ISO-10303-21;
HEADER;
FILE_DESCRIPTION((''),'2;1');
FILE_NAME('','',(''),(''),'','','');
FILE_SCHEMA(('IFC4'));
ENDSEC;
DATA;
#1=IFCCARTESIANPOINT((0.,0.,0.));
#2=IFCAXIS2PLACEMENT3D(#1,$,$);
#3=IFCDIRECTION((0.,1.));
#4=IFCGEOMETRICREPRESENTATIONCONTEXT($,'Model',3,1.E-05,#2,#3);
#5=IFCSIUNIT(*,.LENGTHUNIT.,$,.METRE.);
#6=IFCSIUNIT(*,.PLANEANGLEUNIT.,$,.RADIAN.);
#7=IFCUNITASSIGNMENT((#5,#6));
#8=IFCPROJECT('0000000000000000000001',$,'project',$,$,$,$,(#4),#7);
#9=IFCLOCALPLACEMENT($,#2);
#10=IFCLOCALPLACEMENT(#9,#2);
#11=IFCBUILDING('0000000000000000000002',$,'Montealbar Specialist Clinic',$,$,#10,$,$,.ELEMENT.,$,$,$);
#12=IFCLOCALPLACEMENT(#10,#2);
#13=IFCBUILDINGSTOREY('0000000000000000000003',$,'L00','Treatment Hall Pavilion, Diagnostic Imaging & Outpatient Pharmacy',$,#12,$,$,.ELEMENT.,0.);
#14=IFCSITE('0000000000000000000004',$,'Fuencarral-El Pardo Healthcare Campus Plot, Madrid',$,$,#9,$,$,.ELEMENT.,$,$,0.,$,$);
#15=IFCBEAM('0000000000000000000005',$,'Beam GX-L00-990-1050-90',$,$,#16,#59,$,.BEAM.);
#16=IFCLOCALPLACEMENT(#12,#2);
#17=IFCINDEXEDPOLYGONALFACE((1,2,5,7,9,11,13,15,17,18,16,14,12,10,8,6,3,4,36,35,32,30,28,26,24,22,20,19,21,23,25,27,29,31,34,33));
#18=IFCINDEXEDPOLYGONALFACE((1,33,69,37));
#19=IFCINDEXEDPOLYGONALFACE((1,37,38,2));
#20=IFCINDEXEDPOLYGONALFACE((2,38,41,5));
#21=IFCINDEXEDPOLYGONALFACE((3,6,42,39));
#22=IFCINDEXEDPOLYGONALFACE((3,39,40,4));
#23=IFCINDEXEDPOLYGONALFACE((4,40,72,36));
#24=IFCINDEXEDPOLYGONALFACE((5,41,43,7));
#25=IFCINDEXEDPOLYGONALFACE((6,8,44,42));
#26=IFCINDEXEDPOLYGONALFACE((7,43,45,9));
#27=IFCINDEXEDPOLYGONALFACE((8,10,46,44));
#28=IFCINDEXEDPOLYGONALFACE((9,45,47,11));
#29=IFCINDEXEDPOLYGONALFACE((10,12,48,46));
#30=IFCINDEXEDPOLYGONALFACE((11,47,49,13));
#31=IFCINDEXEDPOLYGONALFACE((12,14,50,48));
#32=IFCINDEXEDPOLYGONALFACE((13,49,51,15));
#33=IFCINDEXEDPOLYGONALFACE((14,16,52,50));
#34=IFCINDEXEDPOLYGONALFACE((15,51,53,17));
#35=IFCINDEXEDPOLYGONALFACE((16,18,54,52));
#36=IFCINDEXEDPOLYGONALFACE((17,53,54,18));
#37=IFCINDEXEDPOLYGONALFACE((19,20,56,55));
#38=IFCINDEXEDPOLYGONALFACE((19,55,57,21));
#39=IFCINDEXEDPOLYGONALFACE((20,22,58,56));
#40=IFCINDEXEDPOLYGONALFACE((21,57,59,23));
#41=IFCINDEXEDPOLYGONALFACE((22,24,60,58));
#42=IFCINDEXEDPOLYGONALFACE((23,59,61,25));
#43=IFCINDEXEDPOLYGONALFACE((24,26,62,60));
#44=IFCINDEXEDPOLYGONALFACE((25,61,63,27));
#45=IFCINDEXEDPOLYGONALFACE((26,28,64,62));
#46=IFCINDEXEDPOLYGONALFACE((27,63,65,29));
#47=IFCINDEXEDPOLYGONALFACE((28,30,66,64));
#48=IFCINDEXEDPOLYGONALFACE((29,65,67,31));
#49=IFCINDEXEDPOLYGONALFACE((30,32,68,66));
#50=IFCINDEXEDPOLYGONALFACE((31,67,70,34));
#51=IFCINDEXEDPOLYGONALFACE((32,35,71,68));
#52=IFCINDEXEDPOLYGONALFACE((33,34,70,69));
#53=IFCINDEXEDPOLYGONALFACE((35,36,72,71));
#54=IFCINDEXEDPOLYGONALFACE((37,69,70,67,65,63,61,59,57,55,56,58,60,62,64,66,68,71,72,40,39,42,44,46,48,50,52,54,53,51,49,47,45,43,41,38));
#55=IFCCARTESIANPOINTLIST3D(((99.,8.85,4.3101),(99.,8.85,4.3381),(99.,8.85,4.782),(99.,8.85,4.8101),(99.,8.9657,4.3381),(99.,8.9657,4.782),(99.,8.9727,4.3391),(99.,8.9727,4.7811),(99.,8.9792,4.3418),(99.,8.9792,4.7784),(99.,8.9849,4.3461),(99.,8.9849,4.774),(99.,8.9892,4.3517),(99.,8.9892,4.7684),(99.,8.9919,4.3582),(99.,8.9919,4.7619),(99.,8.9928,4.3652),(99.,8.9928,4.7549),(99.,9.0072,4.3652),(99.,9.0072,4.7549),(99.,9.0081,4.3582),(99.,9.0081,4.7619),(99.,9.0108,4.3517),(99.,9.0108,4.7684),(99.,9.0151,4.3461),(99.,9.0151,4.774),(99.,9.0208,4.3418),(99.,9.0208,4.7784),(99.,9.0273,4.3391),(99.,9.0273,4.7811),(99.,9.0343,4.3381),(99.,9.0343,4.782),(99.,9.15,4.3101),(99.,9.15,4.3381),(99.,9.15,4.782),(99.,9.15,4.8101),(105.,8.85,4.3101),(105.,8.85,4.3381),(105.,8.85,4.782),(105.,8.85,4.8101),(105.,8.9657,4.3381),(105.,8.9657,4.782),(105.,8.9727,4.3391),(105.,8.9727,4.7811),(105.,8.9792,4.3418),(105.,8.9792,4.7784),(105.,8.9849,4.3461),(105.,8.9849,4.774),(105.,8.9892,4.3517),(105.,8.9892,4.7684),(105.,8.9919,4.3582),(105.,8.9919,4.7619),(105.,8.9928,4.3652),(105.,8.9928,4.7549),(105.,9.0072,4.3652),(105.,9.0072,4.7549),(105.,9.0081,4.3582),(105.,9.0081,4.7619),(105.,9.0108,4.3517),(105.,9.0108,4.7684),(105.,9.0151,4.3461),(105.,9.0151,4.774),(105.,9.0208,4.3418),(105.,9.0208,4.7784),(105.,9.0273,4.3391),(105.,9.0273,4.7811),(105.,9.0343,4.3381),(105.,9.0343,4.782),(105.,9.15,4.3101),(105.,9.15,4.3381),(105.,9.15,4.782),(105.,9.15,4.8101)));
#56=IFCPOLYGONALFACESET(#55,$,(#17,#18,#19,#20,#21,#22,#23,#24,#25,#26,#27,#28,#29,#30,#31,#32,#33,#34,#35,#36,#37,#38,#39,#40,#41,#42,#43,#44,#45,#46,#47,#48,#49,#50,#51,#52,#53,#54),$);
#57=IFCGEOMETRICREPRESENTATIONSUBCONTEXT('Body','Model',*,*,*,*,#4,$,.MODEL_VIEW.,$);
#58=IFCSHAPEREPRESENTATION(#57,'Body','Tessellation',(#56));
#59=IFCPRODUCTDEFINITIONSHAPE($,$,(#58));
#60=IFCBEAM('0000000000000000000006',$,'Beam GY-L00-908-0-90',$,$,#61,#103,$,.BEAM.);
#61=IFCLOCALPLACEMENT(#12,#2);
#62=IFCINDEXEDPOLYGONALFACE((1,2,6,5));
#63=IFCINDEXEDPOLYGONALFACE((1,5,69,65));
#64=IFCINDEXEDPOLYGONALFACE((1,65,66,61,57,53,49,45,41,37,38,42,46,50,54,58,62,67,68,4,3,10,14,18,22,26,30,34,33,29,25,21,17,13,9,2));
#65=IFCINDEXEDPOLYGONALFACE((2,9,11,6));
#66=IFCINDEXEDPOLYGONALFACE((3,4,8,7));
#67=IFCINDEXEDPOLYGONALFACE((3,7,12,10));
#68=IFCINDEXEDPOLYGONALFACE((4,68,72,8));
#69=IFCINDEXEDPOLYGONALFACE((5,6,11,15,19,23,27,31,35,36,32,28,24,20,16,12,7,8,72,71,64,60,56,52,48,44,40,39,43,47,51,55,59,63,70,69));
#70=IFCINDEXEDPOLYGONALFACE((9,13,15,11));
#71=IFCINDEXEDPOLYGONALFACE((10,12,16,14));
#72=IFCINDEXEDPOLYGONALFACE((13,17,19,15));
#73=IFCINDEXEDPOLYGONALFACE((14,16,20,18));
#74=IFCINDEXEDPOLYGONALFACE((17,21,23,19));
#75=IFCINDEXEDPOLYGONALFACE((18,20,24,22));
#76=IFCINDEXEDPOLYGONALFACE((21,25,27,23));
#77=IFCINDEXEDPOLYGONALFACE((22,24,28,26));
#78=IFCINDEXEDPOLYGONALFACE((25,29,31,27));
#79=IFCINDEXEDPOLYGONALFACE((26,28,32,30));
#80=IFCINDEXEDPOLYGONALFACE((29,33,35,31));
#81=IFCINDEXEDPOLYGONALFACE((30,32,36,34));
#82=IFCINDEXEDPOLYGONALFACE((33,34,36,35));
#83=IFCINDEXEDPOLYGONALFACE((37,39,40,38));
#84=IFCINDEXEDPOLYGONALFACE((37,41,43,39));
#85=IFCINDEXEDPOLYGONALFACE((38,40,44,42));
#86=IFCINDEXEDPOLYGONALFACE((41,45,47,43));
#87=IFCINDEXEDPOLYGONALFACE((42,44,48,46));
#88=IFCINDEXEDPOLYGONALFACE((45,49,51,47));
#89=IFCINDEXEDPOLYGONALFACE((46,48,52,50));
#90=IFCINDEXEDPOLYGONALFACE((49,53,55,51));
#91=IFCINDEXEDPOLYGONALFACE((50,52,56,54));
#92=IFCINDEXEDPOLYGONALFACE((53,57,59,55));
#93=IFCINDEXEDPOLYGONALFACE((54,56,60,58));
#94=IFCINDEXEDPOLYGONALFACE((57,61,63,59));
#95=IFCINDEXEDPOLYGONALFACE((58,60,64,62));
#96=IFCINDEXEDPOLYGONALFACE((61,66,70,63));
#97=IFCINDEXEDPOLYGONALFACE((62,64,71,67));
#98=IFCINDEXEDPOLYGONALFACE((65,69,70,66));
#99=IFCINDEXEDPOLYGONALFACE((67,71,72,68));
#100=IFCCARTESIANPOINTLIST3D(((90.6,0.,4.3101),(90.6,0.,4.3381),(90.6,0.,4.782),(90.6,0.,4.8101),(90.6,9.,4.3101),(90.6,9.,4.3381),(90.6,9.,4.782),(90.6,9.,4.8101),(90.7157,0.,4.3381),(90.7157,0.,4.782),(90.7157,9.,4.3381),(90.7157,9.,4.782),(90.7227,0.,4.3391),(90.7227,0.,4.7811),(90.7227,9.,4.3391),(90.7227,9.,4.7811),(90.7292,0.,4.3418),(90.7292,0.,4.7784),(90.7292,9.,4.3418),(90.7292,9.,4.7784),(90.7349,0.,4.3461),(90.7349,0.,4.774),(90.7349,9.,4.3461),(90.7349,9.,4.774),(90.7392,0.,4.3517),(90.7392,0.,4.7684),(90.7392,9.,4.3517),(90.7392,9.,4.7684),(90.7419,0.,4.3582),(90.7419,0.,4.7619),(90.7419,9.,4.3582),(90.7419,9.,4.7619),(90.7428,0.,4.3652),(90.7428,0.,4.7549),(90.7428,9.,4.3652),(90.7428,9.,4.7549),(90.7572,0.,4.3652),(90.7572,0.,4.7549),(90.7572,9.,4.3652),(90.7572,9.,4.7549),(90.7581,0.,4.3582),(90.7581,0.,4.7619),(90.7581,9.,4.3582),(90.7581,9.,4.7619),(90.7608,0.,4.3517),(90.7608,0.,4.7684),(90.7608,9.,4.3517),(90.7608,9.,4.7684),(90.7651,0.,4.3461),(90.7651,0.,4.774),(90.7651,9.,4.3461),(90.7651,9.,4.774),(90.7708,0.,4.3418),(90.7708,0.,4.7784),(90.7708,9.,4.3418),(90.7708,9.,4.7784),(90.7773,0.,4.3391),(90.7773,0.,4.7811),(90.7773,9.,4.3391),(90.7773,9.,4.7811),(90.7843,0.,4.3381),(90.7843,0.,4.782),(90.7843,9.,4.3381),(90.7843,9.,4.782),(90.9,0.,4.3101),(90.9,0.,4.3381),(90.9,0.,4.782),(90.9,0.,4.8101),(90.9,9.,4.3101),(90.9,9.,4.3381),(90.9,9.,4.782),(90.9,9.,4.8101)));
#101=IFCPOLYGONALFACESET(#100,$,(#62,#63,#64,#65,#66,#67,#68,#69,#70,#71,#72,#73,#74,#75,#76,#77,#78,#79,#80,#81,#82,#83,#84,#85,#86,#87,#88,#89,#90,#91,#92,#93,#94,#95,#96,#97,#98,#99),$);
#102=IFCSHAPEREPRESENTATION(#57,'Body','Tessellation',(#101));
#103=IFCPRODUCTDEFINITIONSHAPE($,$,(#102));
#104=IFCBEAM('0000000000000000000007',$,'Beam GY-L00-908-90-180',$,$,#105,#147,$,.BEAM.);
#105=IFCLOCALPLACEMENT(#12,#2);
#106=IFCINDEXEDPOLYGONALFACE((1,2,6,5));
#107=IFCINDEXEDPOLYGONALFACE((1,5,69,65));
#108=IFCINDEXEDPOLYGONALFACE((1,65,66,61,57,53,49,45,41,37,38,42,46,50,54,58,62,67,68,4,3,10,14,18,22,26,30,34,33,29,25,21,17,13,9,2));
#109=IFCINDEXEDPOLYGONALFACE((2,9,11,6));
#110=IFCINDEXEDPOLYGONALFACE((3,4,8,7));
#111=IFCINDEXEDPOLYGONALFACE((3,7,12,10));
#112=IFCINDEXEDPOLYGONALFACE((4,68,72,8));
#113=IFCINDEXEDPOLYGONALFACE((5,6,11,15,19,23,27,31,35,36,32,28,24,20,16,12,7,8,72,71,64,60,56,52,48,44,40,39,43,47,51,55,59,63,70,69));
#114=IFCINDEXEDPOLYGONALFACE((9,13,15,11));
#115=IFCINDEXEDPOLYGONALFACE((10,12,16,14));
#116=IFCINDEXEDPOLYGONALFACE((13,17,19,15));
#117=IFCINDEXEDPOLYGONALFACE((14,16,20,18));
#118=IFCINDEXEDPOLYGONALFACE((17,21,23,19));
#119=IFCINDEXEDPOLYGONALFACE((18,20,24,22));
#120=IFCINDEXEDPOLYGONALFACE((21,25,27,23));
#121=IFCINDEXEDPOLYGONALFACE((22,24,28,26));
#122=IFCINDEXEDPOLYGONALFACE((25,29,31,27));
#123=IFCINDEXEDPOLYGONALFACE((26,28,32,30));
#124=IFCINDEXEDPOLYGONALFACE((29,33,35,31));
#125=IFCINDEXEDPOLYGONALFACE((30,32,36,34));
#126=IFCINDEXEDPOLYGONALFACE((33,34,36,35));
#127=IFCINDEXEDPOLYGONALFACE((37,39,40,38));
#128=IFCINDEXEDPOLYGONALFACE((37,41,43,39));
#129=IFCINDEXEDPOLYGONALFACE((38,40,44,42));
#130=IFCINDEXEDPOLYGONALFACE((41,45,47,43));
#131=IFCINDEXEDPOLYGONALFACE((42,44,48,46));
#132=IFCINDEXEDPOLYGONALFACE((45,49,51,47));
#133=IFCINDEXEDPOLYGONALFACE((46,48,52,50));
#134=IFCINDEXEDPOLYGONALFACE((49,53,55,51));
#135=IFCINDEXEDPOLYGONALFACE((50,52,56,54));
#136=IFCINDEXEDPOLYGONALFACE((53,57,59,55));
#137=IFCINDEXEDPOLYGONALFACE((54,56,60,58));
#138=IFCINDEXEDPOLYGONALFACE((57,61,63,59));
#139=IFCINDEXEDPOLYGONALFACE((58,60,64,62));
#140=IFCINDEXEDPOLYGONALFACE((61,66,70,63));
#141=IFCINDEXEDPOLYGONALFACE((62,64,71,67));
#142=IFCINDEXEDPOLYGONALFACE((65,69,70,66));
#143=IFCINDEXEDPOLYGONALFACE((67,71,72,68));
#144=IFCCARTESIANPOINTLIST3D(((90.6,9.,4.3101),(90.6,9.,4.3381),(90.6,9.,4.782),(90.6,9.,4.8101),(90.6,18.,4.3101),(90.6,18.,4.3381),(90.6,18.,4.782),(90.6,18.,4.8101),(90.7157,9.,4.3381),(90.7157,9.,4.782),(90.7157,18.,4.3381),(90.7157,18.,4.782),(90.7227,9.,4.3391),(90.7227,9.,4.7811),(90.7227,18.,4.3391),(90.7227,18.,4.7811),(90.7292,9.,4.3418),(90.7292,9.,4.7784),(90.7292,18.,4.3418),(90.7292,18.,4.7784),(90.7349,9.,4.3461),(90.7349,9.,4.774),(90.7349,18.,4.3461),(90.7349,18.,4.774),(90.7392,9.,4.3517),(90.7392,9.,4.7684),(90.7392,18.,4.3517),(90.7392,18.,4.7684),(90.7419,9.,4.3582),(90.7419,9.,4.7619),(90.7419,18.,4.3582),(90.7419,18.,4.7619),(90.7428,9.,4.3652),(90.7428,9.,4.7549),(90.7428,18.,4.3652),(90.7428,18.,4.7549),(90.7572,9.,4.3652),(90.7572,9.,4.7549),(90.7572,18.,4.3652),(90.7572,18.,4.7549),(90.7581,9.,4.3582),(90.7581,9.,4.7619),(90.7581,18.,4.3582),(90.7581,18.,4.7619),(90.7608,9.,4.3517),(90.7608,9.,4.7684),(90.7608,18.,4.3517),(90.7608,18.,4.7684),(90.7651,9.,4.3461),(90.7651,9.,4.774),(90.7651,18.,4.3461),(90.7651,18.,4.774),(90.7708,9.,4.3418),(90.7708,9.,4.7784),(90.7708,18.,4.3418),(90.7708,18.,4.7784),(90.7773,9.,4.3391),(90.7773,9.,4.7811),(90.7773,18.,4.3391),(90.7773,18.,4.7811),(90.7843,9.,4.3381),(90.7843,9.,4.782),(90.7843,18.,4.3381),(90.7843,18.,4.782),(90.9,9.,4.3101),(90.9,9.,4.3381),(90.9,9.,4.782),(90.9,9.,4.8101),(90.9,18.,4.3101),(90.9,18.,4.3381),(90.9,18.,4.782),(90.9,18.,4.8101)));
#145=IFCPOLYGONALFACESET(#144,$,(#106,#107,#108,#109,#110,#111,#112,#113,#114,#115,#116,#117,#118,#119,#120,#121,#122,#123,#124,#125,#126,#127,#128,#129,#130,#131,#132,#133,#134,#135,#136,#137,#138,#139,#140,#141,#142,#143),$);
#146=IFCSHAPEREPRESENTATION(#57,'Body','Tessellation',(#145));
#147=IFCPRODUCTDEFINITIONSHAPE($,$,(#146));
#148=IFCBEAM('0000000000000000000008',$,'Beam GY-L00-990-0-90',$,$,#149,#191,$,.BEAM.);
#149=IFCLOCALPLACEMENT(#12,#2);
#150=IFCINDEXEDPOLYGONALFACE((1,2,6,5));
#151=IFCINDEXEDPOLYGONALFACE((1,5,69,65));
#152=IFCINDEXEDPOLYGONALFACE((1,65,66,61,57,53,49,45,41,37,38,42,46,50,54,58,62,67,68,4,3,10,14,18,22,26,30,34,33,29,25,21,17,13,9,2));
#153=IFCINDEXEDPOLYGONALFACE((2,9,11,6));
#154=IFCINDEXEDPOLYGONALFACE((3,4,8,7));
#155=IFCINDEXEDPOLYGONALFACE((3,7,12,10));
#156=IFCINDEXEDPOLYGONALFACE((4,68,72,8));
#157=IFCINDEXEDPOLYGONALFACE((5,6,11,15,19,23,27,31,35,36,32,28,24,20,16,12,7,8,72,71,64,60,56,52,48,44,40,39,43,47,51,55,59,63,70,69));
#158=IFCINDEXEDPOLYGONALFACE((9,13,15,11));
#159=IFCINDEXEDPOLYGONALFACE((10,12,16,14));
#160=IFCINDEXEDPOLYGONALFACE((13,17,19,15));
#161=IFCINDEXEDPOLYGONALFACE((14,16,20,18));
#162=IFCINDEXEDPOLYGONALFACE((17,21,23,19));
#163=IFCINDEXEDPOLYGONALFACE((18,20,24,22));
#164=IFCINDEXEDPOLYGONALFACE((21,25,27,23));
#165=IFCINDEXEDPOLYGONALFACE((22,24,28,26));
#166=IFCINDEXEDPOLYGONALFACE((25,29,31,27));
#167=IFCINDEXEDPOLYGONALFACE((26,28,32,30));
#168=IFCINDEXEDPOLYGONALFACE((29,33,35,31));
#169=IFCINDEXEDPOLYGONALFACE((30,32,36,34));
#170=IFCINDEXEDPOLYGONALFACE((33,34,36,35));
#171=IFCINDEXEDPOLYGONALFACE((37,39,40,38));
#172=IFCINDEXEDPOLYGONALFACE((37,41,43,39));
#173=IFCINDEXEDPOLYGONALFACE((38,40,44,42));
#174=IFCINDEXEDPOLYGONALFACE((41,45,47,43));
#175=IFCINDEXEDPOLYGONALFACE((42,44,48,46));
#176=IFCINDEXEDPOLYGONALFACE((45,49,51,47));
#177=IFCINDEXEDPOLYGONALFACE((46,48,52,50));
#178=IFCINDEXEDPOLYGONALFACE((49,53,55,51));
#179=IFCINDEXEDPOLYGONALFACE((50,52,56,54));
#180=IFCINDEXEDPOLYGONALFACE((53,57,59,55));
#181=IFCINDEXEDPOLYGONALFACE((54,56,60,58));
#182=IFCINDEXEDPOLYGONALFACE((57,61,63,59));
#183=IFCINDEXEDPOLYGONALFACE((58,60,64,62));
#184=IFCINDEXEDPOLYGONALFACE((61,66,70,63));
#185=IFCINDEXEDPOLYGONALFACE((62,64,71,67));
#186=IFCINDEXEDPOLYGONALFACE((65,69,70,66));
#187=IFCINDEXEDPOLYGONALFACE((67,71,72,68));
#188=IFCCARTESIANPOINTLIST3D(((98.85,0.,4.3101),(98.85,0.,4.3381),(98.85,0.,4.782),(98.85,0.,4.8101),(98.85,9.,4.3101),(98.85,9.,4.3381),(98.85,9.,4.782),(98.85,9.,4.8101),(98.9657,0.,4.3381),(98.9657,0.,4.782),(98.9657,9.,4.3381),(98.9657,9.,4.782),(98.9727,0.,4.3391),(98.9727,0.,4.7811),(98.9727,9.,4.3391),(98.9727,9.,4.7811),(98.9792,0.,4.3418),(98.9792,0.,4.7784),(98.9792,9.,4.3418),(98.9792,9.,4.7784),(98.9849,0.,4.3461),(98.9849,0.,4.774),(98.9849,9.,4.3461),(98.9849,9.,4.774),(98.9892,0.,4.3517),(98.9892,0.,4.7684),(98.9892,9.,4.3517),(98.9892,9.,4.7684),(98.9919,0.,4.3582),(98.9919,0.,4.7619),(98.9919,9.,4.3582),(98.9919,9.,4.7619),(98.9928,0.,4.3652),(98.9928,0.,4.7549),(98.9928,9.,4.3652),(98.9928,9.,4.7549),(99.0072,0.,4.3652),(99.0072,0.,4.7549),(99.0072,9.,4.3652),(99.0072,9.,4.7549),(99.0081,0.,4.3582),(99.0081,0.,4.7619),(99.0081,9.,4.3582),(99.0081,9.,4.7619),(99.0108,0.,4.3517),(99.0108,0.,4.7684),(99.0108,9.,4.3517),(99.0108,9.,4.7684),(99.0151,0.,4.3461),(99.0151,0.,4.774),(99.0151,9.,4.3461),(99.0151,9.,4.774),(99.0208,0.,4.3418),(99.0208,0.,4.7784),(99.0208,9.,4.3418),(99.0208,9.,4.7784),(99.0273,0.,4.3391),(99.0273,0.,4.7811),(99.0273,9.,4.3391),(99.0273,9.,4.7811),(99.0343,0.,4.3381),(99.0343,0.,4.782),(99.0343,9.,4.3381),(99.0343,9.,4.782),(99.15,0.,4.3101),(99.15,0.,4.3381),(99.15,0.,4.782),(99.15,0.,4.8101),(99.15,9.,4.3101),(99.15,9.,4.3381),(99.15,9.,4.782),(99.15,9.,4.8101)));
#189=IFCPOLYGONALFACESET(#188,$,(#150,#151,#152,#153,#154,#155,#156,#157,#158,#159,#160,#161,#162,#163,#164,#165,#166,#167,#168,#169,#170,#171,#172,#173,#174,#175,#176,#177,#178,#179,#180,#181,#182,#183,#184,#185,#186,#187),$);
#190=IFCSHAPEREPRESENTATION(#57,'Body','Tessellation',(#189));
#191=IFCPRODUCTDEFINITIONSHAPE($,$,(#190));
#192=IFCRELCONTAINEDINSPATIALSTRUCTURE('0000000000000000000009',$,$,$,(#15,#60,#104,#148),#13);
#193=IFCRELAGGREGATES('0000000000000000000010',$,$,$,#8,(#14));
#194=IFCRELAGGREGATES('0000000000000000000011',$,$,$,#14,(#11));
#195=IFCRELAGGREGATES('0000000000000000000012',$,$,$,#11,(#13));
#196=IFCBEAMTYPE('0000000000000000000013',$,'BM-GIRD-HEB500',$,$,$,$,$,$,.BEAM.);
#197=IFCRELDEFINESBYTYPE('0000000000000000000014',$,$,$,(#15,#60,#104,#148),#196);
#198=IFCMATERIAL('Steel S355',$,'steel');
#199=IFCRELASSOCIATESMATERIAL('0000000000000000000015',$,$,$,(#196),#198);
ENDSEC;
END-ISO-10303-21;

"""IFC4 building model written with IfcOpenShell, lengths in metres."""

from ifc_helpers import new_model, si_unit, direction, frame, origin, origin_2d, place, context, subcontext, project, spatial, i_section, extrude, material, material_profile, profile_set, type_object, element, save


model = new_model("IFC4")

# Units and contexts
model_context = context("Model", 3, precision=1e-05, world=origin(), true_north=direction((0.0, 1.0)))
body_context = subcontext(model_context, "Body", "Model", "MODEL_VIEW")
ifc_project = project(units=[si_unit("LENGTHUNIT", "METRE"), si_unit("PLANEANGLEUNIT", "RADIAN")], contexts=[model_context])

# Site, building, storey
site_placement = place(None, origin())
site = spatial("IfcSite", under=ifc_project, at=site_placement, Name="Fuencarral-El Pardo Healthcare Campus Plot, Madrid", CompositionType="ELEMENT", RefElevation=0.0)
building_placement = place(site_placement, origin())
building = spatial("IfcBuilding", under=site, at=building_placement, Name="Montealbar Specialist Clinic", CompositionType="ELEMENT")
storey_placement = place(building_placement, origin())
storey = spatial("IfcBuildingStorey", under=building, at=storey_placement, Name="L00", Description="Treatment Hall Pavilion, Diagnostic Imaging & Outpatient Pharmacy", CompositionType="ELEMENT", Elevation=0.0)

# Shared definitions
ifc_material_1 = material(Name="Steel S355", Category="steel")

# Beams
ifc_material_profile_1 = material_profile(ifc_material_1, i_section(OverallWidth=0.3, OverallDepth=0.5, WebThickness=0.0144, FlangeThickness=0.0281, FilletRadius=0.0271, at=origin_2d()), Name="HEB 500", Category="steel")
ifc_profile_set_1 = profile_set([ifc_material_profile_1], Name="Steel S355")
beam_type_1 = type_object("IfcBeamType", Name="BM-GIRD-HEB500", PredefinedType="BEAM", material=ifc_profile_set_1)
beam_1_placement = place(storey_placement, frame((99.0, 9.0, 4.5601), z_axis=(1.0, 0.0, 0.0), x_axis=(0.0, 1.0, 0.0)))
element("IfcBeam", 1, at=beam_1_placement, inside=storey, type_object=beam_type_1, Name="Beam GX-L00-990-1050-90", PredefinedType="BEAM", context=body_context, shape_type="SweptSolid", body=[
    extrude(i_section(OverallWidth=0.3, OverallDepth=0.5, WebThickness=0.0144, FlangeThickness=0.0281, FilletRadius=0.0271, at=origin_2d()), origin(), (0.0, 0.0, 1.0), 6.0),
])
for number, where, z_axis, x_axis, name in (
    (2, (90.75, 0.0, 4.5601), (0.0, 1.0, 0.0), (-1.0, 0.0, 0.0), "Beam GY-L00-908-0-90"),
    (3, (90.75, 9.0, 4.5601), (0.0, 1.0, 0.0), (-1.0, 0.0, 0.0), "Beam GY-L00-908-90-180"),
    (4, (99.0, 0.0, 4.5601), (0.0, 1.0, 0.0), (-1.0, 0.0, 0.0), "Beam GY-L00-990-0-90"),
):
    element("IfcBeam", number, at=place(storey_placement, frame(where, z_axis=z_axis, x_axis=x_axis)), inside=storey, type_object=beam_type_1, Name=name, PredefinedType="BEAM", context=body_context, shape_type="SweptSolid", body=[
        extrude(i_section(OverallWidth=0.3, OverallDepth=0.5, WebThickness=0.0144, FlangeThickness=0.0281, FilletRadius=0.0271, at=origin_2d()), origin(), (0.0, 0.0, 1.0), 9.0),
    ])

save(model, "model.ifc")
